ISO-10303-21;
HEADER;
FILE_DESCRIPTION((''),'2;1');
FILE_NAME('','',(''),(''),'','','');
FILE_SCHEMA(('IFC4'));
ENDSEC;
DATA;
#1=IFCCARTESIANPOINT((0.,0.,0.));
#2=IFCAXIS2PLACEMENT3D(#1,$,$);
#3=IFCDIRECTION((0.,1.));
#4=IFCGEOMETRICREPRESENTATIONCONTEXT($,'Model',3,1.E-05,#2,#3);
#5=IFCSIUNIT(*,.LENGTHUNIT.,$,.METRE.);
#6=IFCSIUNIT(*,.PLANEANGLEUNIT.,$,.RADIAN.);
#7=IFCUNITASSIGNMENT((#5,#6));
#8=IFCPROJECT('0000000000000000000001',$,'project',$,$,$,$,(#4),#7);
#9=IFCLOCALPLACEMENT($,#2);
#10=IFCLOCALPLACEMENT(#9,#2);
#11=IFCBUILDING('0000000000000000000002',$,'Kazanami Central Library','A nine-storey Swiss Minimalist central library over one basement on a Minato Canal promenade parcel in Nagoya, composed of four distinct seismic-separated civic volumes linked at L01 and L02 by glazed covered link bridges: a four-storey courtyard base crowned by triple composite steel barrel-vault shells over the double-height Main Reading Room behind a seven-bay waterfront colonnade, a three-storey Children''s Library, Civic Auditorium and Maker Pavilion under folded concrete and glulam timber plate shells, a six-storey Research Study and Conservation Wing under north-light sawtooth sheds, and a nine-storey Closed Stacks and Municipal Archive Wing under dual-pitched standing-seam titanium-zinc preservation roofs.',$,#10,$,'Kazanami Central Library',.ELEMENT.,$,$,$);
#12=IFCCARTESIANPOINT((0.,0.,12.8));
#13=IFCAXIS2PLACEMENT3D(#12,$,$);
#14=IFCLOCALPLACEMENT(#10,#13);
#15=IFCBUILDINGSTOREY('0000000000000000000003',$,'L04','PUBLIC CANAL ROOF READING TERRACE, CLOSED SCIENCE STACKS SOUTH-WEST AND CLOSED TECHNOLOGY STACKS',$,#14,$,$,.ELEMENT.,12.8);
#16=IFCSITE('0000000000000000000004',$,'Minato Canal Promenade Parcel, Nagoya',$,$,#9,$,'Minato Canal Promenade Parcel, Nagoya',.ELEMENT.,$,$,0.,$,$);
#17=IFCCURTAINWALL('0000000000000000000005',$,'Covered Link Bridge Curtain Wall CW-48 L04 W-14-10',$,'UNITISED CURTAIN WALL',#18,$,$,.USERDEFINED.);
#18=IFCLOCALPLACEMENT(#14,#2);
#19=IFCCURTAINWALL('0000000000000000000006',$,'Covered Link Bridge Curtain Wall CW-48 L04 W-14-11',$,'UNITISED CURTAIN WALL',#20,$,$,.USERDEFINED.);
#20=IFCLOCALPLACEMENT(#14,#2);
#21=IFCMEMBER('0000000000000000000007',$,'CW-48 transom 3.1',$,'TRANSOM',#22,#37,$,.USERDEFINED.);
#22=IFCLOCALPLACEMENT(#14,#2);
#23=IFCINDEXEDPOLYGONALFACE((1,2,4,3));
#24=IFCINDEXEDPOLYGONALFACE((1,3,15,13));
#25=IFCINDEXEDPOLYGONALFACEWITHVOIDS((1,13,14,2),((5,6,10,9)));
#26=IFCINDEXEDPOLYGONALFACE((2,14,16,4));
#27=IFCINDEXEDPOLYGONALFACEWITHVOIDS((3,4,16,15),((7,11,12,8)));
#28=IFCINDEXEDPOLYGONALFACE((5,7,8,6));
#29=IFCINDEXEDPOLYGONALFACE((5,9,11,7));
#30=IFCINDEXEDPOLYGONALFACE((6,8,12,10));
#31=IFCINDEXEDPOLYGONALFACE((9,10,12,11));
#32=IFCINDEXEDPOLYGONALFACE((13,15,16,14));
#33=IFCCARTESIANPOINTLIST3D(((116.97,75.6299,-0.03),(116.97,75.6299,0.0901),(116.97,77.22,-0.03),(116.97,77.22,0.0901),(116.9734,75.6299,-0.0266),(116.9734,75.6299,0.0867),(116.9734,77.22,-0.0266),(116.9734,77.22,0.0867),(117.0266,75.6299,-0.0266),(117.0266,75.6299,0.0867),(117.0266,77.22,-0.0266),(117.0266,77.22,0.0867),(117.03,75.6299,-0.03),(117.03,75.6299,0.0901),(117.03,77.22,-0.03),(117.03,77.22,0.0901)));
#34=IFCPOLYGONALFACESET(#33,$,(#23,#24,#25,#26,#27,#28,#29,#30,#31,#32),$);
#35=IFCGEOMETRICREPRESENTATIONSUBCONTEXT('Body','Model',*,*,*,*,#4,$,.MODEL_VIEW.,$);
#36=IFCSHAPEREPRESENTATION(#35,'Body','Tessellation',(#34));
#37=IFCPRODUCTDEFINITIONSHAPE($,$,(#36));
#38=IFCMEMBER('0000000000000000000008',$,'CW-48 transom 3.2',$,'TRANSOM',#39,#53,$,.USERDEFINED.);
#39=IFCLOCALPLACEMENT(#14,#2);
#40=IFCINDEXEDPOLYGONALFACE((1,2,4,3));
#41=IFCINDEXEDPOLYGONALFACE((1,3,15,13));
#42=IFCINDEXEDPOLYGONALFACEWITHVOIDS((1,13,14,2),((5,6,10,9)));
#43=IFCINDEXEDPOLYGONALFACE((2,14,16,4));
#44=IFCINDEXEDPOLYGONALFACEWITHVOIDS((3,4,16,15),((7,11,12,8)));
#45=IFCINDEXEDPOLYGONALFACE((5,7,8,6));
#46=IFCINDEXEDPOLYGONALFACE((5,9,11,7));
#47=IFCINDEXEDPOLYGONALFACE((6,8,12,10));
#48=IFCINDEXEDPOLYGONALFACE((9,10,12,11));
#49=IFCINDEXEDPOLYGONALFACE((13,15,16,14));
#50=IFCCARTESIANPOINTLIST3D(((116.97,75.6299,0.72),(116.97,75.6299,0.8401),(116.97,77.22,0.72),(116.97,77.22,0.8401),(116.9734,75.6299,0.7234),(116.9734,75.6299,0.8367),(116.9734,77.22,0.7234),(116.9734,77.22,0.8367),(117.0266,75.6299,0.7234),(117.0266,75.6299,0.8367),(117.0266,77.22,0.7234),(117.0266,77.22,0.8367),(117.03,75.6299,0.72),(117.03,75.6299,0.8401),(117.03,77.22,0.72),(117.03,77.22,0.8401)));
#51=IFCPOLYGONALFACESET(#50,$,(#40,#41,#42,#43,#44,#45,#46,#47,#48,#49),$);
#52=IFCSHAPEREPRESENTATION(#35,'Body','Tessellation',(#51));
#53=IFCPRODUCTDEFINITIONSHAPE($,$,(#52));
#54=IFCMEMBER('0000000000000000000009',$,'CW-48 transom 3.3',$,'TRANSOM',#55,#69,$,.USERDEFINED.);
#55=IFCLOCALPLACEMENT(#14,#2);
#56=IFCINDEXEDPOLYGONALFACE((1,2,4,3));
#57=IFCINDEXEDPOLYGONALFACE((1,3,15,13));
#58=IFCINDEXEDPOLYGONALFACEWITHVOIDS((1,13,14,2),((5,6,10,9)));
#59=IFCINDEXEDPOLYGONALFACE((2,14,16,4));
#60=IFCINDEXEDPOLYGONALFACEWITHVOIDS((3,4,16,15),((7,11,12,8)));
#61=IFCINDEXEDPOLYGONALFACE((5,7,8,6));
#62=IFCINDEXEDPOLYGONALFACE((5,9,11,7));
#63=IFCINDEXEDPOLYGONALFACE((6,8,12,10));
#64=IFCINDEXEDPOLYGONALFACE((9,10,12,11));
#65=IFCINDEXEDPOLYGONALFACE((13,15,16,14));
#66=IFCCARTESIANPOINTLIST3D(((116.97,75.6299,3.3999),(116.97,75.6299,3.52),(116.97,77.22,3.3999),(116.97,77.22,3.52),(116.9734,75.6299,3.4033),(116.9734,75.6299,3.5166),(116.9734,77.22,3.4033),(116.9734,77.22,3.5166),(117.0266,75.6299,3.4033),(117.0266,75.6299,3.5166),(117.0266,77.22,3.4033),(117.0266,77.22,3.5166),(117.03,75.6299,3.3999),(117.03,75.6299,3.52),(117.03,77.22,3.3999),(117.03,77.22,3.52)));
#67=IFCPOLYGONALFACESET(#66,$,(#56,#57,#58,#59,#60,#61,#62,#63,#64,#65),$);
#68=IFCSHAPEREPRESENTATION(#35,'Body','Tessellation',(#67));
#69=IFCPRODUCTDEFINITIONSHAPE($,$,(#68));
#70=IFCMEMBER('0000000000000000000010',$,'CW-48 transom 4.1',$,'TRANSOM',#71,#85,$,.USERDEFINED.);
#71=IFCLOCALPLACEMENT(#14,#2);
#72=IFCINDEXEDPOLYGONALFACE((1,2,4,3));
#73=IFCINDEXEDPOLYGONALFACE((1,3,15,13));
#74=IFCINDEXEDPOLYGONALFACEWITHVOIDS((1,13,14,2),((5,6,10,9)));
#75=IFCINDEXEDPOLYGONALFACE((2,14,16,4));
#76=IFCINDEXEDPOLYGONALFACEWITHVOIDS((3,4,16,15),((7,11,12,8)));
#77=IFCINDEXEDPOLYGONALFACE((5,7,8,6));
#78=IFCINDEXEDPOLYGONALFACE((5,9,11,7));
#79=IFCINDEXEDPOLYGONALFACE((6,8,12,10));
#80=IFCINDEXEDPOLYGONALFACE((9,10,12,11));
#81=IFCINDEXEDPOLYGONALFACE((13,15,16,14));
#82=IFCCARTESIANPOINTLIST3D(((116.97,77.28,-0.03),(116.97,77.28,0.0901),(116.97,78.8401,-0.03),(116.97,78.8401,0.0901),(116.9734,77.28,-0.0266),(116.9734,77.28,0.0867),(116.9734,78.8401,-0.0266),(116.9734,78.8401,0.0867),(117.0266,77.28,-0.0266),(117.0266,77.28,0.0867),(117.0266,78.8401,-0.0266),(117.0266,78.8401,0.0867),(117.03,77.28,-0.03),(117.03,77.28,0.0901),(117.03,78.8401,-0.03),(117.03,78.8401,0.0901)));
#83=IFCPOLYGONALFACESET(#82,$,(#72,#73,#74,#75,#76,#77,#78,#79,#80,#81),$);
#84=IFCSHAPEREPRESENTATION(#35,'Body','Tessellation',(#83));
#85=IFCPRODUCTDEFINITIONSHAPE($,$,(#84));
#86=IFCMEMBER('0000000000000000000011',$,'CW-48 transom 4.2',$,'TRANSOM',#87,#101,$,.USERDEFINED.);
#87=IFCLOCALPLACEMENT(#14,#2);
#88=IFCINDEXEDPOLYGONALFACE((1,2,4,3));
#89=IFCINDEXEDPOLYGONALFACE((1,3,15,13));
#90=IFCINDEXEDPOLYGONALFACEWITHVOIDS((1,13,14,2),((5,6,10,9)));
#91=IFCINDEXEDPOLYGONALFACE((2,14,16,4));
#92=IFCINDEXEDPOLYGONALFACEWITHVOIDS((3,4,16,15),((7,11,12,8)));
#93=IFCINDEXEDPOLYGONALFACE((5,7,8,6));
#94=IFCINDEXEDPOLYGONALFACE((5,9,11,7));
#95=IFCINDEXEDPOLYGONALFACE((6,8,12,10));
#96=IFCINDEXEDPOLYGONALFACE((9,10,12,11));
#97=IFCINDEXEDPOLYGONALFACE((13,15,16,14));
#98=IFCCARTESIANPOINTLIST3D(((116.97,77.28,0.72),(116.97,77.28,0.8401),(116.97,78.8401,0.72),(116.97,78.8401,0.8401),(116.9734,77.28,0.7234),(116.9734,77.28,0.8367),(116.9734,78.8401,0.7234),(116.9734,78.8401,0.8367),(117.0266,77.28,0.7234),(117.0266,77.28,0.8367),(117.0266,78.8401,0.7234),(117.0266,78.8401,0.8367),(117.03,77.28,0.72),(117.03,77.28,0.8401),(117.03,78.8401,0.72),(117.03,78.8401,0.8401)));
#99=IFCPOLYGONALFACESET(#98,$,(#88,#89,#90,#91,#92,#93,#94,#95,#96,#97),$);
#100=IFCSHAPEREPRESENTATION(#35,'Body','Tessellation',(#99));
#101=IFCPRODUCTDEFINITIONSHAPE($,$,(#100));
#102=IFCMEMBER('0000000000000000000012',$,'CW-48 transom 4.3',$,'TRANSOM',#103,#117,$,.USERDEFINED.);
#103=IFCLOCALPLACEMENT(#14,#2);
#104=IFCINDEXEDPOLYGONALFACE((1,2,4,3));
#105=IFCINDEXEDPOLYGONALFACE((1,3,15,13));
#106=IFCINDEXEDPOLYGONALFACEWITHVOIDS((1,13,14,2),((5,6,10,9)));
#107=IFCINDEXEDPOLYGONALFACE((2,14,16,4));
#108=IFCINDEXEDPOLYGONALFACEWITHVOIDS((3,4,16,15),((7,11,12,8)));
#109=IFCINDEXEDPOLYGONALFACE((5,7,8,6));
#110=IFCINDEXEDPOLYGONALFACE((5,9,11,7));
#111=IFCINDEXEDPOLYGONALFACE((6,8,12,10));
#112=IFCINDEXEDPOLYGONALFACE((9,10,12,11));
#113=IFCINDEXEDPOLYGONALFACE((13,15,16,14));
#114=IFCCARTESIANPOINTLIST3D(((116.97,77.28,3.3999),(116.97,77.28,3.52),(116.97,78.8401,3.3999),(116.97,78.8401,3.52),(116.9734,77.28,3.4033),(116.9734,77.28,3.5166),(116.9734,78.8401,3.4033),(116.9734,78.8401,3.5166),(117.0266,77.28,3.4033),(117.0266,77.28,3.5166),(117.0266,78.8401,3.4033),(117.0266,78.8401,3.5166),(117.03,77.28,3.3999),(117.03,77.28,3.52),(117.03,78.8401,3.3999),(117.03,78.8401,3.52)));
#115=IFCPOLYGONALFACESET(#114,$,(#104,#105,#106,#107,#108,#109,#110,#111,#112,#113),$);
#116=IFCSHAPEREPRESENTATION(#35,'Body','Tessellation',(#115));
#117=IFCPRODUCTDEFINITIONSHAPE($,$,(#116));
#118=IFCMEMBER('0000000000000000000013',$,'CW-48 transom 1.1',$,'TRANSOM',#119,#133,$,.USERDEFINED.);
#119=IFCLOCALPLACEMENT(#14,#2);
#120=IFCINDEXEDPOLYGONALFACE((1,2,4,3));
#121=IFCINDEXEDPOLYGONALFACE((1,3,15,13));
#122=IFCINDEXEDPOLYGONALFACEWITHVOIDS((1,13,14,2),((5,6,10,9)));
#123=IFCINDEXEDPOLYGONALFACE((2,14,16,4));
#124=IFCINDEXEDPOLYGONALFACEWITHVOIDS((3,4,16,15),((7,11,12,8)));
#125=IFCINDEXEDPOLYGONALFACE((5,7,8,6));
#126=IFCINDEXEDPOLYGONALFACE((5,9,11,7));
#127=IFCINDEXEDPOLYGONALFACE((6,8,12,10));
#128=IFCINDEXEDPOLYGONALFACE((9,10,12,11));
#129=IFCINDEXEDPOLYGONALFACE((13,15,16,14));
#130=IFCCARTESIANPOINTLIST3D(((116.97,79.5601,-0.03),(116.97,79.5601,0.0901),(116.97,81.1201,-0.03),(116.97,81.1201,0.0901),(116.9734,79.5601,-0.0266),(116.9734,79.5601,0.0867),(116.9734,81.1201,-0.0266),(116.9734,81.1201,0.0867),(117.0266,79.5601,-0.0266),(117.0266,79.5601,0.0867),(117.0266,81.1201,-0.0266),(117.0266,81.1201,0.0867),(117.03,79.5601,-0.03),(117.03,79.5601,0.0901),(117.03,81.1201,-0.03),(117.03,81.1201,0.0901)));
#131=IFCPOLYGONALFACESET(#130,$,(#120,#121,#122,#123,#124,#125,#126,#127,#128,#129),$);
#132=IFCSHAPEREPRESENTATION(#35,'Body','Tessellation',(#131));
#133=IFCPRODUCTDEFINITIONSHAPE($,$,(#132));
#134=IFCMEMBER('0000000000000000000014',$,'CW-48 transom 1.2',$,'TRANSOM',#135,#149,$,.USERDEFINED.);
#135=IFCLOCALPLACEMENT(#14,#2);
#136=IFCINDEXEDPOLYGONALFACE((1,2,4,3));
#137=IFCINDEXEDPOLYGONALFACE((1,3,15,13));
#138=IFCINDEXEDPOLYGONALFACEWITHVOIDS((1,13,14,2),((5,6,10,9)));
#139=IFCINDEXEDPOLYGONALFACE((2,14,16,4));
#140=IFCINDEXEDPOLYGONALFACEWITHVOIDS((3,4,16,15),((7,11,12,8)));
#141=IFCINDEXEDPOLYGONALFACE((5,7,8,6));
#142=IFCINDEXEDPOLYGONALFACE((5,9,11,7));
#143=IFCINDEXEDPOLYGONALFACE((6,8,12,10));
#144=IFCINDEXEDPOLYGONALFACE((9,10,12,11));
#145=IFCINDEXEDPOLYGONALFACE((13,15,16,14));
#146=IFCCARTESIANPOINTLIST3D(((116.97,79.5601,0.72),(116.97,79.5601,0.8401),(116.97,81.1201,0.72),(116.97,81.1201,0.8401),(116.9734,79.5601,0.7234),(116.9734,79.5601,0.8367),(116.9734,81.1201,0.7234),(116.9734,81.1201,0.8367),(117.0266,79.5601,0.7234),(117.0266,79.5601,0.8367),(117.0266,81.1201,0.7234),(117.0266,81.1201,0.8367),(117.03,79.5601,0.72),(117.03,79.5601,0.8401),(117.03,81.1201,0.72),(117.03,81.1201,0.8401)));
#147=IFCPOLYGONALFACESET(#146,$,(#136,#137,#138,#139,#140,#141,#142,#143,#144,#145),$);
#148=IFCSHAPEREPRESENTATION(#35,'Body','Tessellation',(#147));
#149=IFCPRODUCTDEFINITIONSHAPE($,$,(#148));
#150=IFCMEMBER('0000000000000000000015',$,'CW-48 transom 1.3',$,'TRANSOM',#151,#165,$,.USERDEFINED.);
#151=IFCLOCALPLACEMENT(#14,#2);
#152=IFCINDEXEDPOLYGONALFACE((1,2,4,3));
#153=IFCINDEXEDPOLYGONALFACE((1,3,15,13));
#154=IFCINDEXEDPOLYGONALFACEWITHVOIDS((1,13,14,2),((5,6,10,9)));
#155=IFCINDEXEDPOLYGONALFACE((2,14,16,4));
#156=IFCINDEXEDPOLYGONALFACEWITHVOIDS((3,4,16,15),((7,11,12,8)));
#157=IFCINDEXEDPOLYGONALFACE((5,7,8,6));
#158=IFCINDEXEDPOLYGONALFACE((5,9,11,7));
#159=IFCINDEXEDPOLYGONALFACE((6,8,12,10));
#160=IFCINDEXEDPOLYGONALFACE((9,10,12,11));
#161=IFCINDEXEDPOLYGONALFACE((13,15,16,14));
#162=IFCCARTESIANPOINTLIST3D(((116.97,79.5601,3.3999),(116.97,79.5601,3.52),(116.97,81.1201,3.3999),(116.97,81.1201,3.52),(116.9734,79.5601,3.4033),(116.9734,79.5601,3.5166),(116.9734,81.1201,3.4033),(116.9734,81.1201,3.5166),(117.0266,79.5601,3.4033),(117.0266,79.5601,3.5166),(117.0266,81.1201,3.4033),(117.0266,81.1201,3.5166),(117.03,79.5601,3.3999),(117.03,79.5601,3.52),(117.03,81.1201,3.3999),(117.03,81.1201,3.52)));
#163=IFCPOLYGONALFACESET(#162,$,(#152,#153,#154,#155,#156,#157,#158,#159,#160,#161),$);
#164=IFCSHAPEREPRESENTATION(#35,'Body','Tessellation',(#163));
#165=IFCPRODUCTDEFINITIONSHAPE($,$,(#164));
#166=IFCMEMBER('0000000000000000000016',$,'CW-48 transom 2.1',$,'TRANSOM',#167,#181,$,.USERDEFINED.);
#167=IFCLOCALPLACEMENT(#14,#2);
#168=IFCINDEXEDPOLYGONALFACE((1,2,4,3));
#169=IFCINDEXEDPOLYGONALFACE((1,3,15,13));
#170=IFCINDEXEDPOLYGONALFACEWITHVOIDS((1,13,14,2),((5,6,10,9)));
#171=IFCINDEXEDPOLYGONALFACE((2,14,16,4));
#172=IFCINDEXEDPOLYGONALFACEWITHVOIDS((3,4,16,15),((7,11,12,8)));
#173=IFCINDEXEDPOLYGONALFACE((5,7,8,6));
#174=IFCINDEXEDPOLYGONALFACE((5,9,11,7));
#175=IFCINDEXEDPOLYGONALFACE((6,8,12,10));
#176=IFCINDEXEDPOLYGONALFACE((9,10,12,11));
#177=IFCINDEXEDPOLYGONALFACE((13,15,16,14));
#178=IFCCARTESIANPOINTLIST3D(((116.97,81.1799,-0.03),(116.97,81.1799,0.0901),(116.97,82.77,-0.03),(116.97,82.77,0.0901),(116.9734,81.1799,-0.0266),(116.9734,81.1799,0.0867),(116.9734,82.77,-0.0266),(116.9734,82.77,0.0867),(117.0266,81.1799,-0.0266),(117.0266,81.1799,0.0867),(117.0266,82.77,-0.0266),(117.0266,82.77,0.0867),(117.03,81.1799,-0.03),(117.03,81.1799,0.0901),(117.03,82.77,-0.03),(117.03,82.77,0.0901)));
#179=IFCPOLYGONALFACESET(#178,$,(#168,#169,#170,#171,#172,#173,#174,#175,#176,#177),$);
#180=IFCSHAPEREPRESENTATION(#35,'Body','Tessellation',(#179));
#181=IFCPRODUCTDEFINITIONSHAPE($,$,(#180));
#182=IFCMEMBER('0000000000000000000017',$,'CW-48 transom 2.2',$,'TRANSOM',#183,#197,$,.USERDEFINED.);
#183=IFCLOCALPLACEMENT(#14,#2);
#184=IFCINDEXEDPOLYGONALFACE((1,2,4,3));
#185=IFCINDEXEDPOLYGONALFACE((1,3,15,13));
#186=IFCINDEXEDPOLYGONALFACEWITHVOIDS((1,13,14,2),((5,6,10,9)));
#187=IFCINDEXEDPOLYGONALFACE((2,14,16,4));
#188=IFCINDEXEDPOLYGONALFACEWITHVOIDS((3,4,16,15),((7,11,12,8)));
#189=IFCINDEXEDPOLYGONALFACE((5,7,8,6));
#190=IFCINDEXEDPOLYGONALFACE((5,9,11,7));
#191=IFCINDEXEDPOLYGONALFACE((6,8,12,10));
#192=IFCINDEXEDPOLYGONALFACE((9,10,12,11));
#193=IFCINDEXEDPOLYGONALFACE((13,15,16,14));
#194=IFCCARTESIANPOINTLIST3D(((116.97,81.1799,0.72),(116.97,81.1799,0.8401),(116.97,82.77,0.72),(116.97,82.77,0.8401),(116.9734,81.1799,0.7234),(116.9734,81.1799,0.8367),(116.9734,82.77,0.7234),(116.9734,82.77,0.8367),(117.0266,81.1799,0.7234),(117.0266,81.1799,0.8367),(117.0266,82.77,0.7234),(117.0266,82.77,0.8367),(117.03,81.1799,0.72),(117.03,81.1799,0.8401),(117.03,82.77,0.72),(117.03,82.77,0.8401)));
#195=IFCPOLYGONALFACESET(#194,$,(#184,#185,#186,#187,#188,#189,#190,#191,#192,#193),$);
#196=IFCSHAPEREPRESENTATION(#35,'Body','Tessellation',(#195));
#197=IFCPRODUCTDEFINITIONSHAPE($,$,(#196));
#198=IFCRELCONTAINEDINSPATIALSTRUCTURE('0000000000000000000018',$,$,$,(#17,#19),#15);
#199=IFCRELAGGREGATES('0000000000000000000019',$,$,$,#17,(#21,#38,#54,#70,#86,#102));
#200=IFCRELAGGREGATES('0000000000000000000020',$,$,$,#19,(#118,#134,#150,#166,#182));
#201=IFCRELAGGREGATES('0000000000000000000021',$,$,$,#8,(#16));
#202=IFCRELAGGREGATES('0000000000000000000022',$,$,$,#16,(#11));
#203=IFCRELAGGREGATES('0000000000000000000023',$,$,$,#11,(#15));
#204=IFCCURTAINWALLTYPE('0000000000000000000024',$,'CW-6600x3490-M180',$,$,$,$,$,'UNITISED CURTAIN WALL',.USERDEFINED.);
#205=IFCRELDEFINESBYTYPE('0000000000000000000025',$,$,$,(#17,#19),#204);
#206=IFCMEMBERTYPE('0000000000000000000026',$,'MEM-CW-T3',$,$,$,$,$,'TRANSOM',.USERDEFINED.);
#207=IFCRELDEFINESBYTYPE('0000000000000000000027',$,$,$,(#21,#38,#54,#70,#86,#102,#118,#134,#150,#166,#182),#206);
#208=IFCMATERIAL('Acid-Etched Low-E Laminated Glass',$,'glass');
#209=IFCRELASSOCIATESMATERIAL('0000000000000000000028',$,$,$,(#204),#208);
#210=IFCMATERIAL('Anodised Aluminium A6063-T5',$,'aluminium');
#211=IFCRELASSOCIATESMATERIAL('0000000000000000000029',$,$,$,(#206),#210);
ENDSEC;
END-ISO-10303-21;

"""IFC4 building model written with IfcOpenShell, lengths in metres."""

from ifc_helpers import new_model, si_unit, direction, frame, origin, origin_2d, place, context, subcontext, project, spatial, hollow_rectangle, extrude, material, material_profile, profile_set, type_object, element, aggregate, save


model = new_model("IFC4")

# Units and contexts
model_context = context("Model", 3, precision=1e-05, world=origin(), true_north=direction((0.0, 1.0)))
body_context = subcontext(model_context, "Body", "Model", "MODEL_VIEW")
ifc_project = project(units=[si_unit("LENGTHUNIT", "METRE"), si_unit("PLANEANGLEUNIT", "RADIAN")], contexts=[model_context])

# Site, building, storey
site_placement = place(None, origin())
site = spatial("IfcSite", under=ifc_project, at=site_placement, Name="Minato Canal Promenade Parcel, Nagoya", LongName="Minato Canal Promenade Parcel, Nagoya", CompositionType="ELEMENT", RefElevation=0.0)
building_placement = place(site_placement, origin())
building = spatial("IfcBuilding", under=site, at=building_placement, Name="Kazanami Central Library", Description="A nine-storey Swiss Minimalist central library over one basement on a Minato Canal promenade parcel in Nagoya, composed of four distinct seismic-separated civic volumes linked at L01 and L02 by glazed covered link bridges: a four-storey courtyard base crowned by triple composite steel barrel-vault shells over the double-height Main Reading Room behind a seven-bay waterfront colonnade, a three-storey Children's Library, Civic Auditorium and Maker Pavilion under folded concrete and glulam timber plate shells, a six-storey Research Study and Conservation Wing under north-light sawtooth sheds, and a nine-storey Closed Stacks and Municipal Archive Wing under dual-pitched standing-seam titanium-zinc preservation roofs.", LongName="Kazanami Central Library", CompositionType="ELEMENT")
storey_placement = place(building_placement, frame((0.0, 0.0, 12.8)))
storey = spatial("IfcBuildingStorey", under=building, at=storey_placement, Name="L04", Description="PUBLIC CANAL ROOF READING TERRACE, CLOSED SCIENCE STACKS SOUTH-WEST AND CLOSED TECHNOLOGY STACKS", CompositionType="ELEMENT", Elevation=12.8)

# Curtain walls
ifc_material_1 = material(Name="Acid-Etched Low-E Laminated Glass", Category="glass")
curtain_wall_type = type_object("IfcCurtainWallType", Name="CW-6600x3490-M180", ElementType="UNITISED CURTAIN WALL", PredefinedType="USERDEFINED", material=ifc_material_1)
curtain_wall_1_placement = place(storey_placement, origin())
curtain_wall_1 = element("IfcCurtainWall", 1, at=curtain_wall_1_placement, inside=storey, type_object=curtain_wall_type, Name="Covered Link Bridge Curtain Wall CW-48 L04 W-14-10", ObjectType="UNITISED CURTAIN WALL", PredefinedType="USERDEFINED")
ifc_material_2 = material(Name="Anodised Aluminium A6063-T5", Category="aluminium")
curtain_wall_2_placement = place(storey_placement, origin())
curtain_wall_2 = element("IfcCurtainWall", 2, at=curtain_wall_2_placement, inside=storey, type_object=curtain_wall_type, Name="Covered Link Bridge Curtain Wall CW-48 L04 W-14-11", ObjectType="UNITISED CURTAIN WALL", PredefinedType="USERDEFINED")

# Members
ifc_material_profile_1 = material_profile(ifc_material_2, hollow_rectangle(XDim=0.0601, YDim=0.1201, WallThickness=0.0034, at=origin_2d()), Name="ALU-TRAN-60x120x3.5")
ifc_profile_set_1 = profile_set([ifc_material_profile_1], Name="Anodised Aluminium A6063-T5")
member_type_1 = type_object("IfcMemberType", Name="MEM-CW-T3", ElementType="TRANSOM", PredefinedType="USERDEFINED", material=ifc_profile_set_1)
member_1_placement = place(storey_placement, frame((117.0, 75.6299, 0.03), z_axis=(0.0, 1.0, 0.0), x_axis=(-1.0, 0.0, 0.0)))
member_1 = element("IfcMember", 3, at=member_1_placement, type_object=member_type_1, Name="CW-48 transom 3.1", ObjectType="TRANSOM", PredefinedType="USERDEFINED", context=body_context, shape_type="SweptSolid", body=[
    extrude(hollow_rectangle(XDim=0.0601, YDim=0.1201, WallThickness=0.0034, at=origin_2d()), origin(), (0.0, 0.0, 1.0), 1.5901),
])
member_2_placement = place(storey_placement, frame((117.0, 75.6299, 0.78), z_axis=(0.0, 1.0, 0.0), x_axis=(-1.0, 0.0, 0.0)))
member_2 = element("IfcMember", 4, at=member_2_placement, type_object=member_type_1, Name="CW-48 transom 3.2", ObjectType="TRANSOM", PredefinedType="USERDEFINED", context=body_context, shape_type="SweptSolid", body=[
    extrude(hollow_rectangle(XDim=0.0601, YDim=0.1201, WallThickness=0.0034, at=origin_2d()), origin(), (0.0, 0.0, 1.0), 1.5901),
])
member_3_placement = place(storey_placement, frame((117.0, 75.6299, 3.46), z_axis=(0.0, 1.0, 0.0), x_axis=(-1.0, 0.0, 0.0)))
member_3 = element("IfcMember", 5, at=member_3_placement, type_object=member_type_1, Name="CW-48 transom 3.3", ObjectType="TRANSOM", PredefinedType="USERDEFINED", context=body_context, shape_type="SweptSolid", body=[
    extrude(hollow_rectangle(XDim=0.0601, YDim=0.1201, WallThickness=0.0034, at=origin_2d()), origin(), (0.0, 0.0, 1.0), 1.5901),
])
member_4_placement = place(storey_placement, frame((117.0, 77.28, 0.03), z_axis=(0.0, 1.0, 0.0), x_axis=(-1.0, 0.0, 0.0)))
member_4 = element("IfcMember", 6, at=member_4_placement, type_object=member_type_1, Name="CW-48 transom 4.1", ObjectType="TRANSOM", PredefinedType="USERDEFINED", context=body_context, shape_type="SweptSolid", body=[
    extrude(hollow_rectangle(XDim=0.0601, YDim=0.1201, WallThickness=0.0034, at=origin_2d()), origin(), (0.0, 0.0, 1.0), 1.5601),
])
member_5_placement = place(storey_placement, frame((117.0, 77.28, 0.78), z_axis=(0.0, 1.0, 0.0), x_axis=(-1.0, 0.0, 0.0)))
member_5 = element("IfcMember", 7, at=member_5_placement, type_object=member_type_1, Name="CW-48 transom 4.2", ObjectType="TRANSOM", PredefinedType="USERDEFINED", context=body_context, shape_type="SweptSolid", body=[
    extrude(hollow_rectangle(XDim=0.0601, YDim=0.1201, WallThickness=0.0034, at=origin_2d()), origin(), (0.0, 0.0, 1.0), 1.5601),
])
member_6_placement = place(storey_placement, frame((117.0, 77.28, 3.46), z_axis=(0.0, 1.0, 0.0), x_axis=(-1.0, 0.0, 0.0)))
member_6 = element("IfcMember", 8, at=member_6_placement, type_object=member_type_1, Name="CW-48 transom 4.3", ObjectType="TRANSOM", PredefinedType="USERDEFINED", context=body_context, shape_type="SweptSolid", body=[
    extrude(hollow_rectangle(XDim=0.0601, YDim=0.1201, WallThickness=0.0034, at=origin_2d()), origin(), (0.0, 0.0, 1.0), 1.5601),
])
member_7_placement = place(storey_placement, frame((117.0, 79.5601, 0.03), z_axis=(0.0, 1.0, 0.0), x_axis=(-1.0, 0.0, 0.0)))
member_7 = element("IfcMember", 9, at=member_7_placement, type_object=member_type_1, Name="CW-48 transom 1.1", ObjectType="TRANSOM", PredefinedType="USERDEFINED", context=body_context, shape_type="SweptSolid", body=[
    extrude(hollow_rectangle(XDim=0.0601, YDim=0.1201, WallThickness=0.0034, at=origin_2d()), origin(), (0.0, 0.0, 1.0), 1.5601),
])
member_8_placement = place(storey_placement, frame((117.0, 79.5601, 0.78), z_axis=(0.0, 1.0, 0.0), x_axis=(-1.0, 0.0, 0.0)))
member_8 = element("IfcMember", 10, at=member_8_placement, type_object=member_type_1, Name="CW-48 transom 1.2", ObjectType="TRANSOM", PredefinedType="USERDEFINED", context=body_context, shape_type="SweptSolid", body=[
    extrude(hollow_rectangle(XDim=0.0601, YDim=0.1201, WallThickness=0.0034, at=origin_2d()), origin(), (0.0, 0.0, 1.0), 1.5601),
])
member_9_placement = place(storey_placement, frame((117.0, 79.5601, 3.46), z_axis=(0.0, 1.0, 0.0), x_axis=(-1.0, 0.0, 0.0)))
member_9 = element("IfcMember", 11, at=member_9_placement, type_object=member_type_1, Name="CW-48 transom 1.3", ObjectType="TRANSOM", PredefinedType="USERDEFINED", context=body_context, shape_type="SweptSolid", body=[
    extrude(hollow_rectangle(XDim=0.0601, YDim=0.1201, WallThickness=0.0034, at=origin_2d()), origin(), (0.0, 0.0, 1.0), 1.5601),
])
member_10_placement = place(storey_placement, frame((117.0, 81.1799, 0.03), z_axis=(0.0, 1.0, 0.0), x_axis=(-1.0, 0.0, 0.0)))
member_10 = element("IfcMember", 12, at=member_10_placement, type_object=member_type_1, Name="CW-48 transom 2.1", ObjectType="TRANSOM", PredefinedType="USERDEFINED", context=body_context, shape_type="SweptSolid", body=[
    extrude(hollow_rectangle(XDim=0.0601, YDim=0.1201, WallThickness=0.0034, at=origin_2d()), origin(), (0.0, 0.0, 1.0), 1.5901),
])
member_11_placement = place(storey_placement, frame((117.0, 81.1799, 0.78), z_axis=(0.0, 1.0, 0.0), x_axis=(-1.0, 0.0, 0.0)))
member_11 = element("IfcMember", 13, at=member_11_placement, type_object=member_type_1, Name="CW-48 transom 2.2", ObjectType="TRANSOM", PredefinedType="USERDEFINED", context=body_context, shape_type="SweptSolid", body=[
    extrude(hollow_rectangle(XDim=0.0601, YDim=0.1201, WallThickness=0.0034, at=origin_2d()), origin(), (0.0, 0.0, 1.0), 1.5901),
])

aggregate(curtain_wall_1, [member_1, member_2, member_3, member_4, member_5, member_6])
aggregate(curtain_wall_2, [member_7, member_8, member_9, member_10, member_11])

save(model, "model.ifc")
